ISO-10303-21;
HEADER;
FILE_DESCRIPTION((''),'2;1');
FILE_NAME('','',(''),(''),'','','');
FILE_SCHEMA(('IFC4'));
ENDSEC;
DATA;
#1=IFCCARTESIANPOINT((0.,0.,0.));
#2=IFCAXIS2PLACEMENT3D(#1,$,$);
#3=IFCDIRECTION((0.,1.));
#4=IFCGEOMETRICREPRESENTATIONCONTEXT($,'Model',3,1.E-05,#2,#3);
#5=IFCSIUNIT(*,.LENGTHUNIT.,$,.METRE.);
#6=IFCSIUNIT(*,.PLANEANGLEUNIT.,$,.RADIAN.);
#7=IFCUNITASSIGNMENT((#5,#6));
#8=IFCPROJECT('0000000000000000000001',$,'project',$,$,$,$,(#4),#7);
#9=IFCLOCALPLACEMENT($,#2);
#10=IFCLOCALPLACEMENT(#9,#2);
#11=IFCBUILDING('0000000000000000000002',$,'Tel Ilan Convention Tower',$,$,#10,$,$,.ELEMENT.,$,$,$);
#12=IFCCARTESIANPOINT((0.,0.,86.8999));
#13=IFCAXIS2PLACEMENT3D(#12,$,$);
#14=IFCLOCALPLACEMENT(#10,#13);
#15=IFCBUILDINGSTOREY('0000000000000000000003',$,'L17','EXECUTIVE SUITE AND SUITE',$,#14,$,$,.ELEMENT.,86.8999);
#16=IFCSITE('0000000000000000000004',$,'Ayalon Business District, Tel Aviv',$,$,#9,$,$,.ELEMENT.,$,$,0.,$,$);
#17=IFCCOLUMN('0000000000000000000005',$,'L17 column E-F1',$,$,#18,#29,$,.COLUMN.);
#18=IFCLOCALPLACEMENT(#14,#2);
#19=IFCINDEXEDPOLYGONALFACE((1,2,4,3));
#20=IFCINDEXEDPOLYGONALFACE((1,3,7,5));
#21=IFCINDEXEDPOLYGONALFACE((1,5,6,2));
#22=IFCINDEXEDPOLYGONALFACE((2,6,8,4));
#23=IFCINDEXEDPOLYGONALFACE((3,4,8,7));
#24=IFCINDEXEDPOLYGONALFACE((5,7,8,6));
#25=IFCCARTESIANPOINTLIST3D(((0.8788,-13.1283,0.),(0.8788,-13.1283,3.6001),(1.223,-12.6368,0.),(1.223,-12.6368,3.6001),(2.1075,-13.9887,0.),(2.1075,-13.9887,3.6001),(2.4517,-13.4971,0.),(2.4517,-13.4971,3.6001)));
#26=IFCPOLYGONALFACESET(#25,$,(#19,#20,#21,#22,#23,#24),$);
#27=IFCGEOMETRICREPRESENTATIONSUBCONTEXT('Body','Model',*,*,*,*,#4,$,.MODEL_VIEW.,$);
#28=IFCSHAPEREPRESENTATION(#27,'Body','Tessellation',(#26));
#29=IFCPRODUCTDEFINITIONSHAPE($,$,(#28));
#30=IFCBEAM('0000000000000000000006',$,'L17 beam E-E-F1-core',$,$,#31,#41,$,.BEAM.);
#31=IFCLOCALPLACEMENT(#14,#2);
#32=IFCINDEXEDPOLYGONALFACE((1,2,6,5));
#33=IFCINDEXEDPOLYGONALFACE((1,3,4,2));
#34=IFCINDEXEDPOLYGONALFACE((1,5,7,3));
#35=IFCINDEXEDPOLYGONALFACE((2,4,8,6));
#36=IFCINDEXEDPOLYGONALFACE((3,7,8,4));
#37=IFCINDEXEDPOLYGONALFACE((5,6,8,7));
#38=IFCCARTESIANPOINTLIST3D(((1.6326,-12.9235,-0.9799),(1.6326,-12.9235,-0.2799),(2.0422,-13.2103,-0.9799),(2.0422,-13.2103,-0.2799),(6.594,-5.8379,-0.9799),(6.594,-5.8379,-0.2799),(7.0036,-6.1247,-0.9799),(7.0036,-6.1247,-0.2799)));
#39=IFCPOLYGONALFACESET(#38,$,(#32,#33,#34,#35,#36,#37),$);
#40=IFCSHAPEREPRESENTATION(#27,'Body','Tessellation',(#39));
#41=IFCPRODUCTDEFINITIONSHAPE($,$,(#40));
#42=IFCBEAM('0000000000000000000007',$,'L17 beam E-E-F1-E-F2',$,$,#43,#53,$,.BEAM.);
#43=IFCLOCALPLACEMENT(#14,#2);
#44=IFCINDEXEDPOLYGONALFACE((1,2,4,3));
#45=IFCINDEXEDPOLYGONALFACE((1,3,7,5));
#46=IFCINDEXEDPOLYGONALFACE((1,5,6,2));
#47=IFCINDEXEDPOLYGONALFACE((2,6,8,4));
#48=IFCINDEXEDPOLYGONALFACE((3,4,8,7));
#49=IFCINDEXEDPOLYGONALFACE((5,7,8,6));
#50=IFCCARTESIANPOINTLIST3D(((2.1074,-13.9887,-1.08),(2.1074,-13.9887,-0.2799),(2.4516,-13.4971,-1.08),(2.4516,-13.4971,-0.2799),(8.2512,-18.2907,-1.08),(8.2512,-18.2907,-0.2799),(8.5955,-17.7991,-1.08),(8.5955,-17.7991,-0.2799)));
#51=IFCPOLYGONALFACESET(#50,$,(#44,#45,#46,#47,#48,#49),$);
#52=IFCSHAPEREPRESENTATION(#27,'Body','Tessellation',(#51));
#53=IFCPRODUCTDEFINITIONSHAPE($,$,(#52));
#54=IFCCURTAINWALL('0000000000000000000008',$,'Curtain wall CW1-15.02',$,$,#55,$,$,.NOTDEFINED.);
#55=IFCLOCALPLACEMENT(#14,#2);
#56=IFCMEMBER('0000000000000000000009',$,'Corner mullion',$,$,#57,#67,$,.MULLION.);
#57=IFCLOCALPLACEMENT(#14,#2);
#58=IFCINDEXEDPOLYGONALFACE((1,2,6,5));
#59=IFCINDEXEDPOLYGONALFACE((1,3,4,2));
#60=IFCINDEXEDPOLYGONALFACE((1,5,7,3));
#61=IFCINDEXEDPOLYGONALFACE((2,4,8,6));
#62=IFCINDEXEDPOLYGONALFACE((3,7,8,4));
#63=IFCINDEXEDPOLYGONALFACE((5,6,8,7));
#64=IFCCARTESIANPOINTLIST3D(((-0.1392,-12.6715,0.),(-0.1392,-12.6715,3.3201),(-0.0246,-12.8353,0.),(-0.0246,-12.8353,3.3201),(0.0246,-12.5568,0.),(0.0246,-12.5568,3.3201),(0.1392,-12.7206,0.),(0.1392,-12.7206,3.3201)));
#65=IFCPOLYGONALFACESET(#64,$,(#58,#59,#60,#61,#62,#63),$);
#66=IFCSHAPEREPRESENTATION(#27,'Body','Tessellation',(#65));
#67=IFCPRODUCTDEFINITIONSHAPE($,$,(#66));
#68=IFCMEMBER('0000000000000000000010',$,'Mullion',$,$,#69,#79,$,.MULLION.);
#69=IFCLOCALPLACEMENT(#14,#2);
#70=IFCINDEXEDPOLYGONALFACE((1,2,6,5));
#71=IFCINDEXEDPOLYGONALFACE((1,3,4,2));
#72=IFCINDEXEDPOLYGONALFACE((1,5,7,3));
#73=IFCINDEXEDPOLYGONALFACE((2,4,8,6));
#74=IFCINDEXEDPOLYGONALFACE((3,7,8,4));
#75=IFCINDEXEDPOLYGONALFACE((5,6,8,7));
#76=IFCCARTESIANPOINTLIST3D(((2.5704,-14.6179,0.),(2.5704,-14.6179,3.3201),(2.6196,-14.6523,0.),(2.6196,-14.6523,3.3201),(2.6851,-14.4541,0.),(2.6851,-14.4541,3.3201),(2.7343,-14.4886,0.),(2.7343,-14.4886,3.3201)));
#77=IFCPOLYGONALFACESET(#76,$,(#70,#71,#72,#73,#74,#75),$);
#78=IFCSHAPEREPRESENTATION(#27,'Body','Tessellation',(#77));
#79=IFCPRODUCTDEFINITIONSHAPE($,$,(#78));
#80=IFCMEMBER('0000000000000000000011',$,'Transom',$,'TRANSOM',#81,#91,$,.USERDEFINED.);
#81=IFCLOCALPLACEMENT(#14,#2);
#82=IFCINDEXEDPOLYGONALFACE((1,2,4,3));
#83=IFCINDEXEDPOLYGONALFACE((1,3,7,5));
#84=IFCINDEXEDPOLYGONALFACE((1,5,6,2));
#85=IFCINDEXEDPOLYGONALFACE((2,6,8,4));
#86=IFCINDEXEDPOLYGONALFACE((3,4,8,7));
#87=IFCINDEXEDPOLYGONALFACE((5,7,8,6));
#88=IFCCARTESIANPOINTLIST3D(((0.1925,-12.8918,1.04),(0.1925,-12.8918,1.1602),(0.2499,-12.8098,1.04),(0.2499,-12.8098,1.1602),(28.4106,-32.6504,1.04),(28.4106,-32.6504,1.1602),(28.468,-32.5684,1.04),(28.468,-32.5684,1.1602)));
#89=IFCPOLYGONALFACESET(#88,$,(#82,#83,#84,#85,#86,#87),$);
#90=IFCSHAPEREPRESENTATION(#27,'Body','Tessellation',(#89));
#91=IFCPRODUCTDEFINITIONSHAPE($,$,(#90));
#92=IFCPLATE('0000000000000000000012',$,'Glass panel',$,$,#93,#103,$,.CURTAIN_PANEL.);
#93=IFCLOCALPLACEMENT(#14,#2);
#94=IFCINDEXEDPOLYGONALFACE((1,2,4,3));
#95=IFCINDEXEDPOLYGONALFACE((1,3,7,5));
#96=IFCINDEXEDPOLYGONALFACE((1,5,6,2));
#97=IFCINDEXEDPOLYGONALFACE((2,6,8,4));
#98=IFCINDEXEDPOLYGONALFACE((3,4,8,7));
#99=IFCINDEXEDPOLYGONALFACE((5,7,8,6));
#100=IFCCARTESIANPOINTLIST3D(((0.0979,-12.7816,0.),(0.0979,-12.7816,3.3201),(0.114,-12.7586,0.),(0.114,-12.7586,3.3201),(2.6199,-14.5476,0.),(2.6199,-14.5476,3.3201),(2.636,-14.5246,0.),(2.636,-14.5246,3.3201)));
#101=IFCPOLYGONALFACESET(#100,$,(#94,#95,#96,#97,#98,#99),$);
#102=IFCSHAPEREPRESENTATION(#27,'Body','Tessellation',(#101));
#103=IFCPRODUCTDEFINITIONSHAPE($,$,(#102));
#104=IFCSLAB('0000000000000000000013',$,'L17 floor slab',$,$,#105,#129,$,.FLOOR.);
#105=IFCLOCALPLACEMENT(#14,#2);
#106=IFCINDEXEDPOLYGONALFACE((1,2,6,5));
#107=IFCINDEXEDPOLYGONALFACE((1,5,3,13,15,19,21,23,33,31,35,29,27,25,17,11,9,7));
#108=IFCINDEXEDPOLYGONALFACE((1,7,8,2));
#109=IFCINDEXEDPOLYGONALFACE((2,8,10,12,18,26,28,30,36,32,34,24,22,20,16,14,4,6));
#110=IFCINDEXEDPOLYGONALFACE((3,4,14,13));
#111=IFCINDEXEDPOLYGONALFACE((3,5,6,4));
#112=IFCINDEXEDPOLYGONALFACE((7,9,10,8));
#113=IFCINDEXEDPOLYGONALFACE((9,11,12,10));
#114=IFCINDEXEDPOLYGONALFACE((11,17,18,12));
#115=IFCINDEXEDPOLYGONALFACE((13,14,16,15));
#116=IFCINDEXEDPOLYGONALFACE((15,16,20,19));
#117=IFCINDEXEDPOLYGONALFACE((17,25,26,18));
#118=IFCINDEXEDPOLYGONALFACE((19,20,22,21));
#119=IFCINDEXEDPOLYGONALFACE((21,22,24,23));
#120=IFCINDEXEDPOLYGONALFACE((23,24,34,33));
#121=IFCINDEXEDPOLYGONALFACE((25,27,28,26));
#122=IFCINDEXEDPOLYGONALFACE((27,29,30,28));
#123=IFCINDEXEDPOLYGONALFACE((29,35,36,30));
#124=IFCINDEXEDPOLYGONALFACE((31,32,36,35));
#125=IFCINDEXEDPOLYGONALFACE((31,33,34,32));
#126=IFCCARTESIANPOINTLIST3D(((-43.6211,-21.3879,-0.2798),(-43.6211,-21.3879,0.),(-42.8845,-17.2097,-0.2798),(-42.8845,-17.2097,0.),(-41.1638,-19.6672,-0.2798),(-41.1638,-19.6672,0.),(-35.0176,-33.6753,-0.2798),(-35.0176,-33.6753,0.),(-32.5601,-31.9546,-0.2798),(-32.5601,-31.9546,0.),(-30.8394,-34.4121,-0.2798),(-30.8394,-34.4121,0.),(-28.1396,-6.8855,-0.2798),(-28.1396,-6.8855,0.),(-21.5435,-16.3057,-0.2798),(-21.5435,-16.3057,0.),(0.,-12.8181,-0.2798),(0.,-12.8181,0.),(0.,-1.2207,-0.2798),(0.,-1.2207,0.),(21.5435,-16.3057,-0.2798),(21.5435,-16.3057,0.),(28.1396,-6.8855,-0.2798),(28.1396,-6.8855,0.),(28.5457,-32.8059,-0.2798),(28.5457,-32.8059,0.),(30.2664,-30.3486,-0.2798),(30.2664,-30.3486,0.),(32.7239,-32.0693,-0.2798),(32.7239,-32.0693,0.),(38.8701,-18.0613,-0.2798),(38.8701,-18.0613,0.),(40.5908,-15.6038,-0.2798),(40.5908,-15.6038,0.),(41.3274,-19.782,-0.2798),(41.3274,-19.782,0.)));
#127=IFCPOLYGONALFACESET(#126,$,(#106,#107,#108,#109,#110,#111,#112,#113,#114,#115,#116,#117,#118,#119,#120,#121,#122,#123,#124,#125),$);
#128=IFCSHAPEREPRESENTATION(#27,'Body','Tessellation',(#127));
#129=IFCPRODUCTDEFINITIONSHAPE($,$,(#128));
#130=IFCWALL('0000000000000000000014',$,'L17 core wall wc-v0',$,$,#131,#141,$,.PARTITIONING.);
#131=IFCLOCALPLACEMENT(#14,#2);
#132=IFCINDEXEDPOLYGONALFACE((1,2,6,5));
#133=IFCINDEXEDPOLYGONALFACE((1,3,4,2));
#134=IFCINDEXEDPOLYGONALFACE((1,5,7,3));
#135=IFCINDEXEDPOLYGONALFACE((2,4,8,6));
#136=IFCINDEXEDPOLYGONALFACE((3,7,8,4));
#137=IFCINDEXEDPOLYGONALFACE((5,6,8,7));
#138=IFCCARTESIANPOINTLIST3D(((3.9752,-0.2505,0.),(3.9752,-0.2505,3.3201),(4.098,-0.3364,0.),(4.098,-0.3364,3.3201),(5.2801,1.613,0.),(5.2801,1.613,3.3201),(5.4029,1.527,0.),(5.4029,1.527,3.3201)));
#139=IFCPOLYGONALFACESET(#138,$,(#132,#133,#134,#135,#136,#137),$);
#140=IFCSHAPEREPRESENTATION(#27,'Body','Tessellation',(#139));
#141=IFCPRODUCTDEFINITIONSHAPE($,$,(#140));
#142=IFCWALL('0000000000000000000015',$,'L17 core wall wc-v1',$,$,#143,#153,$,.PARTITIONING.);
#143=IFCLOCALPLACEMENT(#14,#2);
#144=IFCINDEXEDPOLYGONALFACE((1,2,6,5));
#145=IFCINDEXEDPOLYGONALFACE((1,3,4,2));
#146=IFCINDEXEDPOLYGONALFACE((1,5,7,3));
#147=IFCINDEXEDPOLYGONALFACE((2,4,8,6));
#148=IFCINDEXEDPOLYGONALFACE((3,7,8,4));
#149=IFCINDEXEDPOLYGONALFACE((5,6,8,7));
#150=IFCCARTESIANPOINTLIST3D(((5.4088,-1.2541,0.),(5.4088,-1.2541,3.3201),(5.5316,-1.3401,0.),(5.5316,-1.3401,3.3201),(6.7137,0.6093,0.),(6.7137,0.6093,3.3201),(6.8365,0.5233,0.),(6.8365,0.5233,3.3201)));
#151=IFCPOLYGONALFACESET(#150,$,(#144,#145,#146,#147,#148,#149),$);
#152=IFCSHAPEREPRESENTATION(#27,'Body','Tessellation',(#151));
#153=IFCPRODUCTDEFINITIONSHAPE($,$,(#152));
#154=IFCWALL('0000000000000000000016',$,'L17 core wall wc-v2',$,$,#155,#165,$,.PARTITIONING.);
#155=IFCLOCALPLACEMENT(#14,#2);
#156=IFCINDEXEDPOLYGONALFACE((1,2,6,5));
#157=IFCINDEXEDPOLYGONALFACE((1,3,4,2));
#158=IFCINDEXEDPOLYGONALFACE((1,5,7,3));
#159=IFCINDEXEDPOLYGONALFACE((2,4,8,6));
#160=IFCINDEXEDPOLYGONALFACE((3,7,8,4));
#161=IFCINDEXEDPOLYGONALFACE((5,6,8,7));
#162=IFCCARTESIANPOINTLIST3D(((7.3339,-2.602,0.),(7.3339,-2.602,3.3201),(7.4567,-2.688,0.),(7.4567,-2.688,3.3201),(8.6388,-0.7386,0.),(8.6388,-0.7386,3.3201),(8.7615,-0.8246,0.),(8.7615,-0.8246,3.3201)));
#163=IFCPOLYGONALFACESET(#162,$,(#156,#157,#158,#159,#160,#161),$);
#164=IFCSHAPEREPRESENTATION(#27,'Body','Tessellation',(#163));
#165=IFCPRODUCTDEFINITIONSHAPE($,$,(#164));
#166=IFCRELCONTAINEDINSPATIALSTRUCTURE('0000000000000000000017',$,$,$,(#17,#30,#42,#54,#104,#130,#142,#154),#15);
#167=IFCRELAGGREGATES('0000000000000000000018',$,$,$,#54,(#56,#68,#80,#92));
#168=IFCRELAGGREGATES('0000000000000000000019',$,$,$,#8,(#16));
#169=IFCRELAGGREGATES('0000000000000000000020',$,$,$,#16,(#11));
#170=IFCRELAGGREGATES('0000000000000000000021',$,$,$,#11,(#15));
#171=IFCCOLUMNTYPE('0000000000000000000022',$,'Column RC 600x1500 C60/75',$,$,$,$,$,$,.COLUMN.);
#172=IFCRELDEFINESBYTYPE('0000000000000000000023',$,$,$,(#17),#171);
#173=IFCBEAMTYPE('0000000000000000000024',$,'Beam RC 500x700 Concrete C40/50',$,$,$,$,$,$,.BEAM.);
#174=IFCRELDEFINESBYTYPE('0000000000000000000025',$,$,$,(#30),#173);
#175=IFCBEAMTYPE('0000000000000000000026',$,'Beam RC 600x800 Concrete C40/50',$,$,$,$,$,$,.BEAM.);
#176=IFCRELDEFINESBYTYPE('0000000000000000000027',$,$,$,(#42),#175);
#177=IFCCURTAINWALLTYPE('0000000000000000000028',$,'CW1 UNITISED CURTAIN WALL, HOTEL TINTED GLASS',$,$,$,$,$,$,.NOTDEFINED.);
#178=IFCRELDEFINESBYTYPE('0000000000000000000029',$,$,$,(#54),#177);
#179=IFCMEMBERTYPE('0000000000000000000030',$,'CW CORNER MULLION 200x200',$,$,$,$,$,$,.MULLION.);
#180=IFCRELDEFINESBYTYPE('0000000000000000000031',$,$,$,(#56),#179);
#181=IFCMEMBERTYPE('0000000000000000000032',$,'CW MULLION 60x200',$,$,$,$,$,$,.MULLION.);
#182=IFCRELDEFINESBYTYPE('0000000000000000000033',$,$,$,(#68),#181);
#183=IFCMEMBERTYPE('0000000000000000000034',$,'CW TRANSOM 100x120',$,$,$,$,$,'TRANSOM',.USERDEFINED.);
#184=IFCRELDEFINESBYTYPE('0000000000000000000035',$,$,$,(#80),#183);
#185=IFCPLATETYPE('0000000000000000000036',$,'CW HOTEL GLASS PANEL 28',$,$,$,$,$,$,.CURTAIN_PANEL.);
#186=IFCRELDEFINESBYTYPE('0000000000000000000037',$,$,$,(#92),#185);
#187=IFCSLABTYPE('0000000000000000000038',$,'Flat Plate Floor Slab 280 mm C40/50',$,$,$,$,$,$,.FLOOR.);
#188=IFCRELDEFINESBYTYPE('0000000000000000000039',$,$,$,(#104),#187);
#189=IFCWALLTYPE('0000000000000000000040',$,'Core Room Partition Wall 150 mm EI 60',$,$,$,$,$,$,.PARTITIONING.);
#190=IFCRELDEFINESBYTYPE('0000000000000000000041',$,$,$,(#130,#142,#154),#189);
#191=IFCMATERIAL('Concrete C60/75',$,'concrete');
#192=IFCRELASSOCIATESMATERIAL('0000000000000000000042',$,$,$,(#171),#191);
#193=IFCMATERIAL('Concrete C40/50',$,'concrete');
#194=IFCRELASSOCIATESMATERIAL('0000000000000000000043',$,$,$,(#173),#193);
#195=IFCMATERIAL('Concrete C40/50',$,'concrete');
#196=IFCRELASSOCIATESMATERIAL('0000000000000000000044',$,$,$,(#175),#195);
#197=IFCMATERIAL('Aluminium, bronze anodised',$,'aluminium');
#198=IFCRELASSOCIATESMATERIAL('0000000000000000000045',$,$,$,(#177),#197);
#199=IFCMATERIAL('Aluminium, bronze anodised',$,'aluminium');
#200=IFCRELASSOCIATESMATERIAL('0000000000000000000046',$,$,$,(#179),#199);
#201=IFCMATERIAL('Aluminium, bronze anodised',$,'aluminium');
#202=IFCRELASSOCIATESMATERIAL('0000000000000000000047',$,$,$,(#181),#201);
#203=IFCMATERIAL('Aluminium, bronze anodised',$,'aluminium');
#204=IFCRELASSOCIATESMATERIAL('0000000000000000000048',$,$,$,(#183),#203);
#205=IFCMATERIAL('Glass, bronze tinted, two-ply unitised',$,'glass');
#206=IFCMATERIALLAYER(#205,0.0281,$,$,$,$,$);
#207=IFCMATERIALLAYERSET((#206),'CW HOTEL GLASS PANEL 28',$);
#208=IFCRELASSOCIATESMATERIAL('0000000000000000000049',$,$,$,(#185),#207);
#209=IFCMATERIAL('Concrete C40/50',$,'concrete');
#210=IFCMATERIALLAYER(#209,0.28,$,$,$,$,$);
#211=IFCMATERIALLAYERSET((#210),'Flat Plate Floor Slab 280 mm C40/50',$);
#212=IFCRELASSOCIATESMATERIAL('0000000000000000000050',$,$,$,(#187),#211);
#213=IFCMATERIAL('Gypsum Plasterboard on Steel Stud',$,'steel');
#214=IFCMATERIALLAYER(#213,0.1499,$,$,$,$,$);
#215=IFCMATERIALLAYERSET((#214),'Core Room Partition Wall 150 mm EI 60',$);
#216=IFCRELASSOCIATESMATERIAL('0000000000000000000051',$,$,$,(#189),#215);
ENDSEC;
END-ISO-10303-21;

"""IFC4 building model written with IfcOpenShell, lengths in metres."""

from ifc_helpers import new_model, si_unit, direction, frame, frame_2d, origin, origin_2d, place, context, subcontext, project, spatial, polyline, rectangle, outline, extrude, material, layer, layer_set, material_profile, profile_set, type_object, element, aggregate, save


model = new_model("IFC4")

# Units and contexts
model_context = context("Model", 3, precision=1e-05, world=origin(), true_north=direction((0.0, 1.0)))
body_context = subcontext(model_context, "Body", "Model", "MODEL_VIEW")
ifc_project = project(units=[si_unit("LENGTHUNIT", "METRE"), si_unit("PLANEANGLEUNIT", "RADIAN")], contexts=[model_context])

# Site, building, storey
site_placement = place(None, origin())
site = spatial("IfcSite", under=ifc_project, at=site_placement, Name="Ayalon Business District, Tel Aviv", CompositionType="ELEMENT", RefElevation=0.0)
building_placement = place(site_placement, origin())
building = spatial("IfcBuilding", under=site, at=building_placement, Name="Tel Ilan Convention Tower", CompositionType="ELEMENT")
storey_placement = place(building_placement, frame((0.0, 0.0, 86.8999)))
storey = spatial("IfcBuildingStorey", under=building, at=storey_placement, Name="L17", Description="EXECUTIVE SUITE AND SUITE", CompositionType="ELEMENT", Elevation=86.8999)

# Column
ifc_material_1 = material(Name="Concrete C60/75", Category="concrete")
ifc_material_profile_1 = material_profile(ifc_material_1, rectangle(XDim=1.5, YDim=0.6001, at=origin_2d()), Name="RC 600x1500")
ifc_profile_set_1 = profile_set([ifc_material_profile_1], Name="Concrete C60/75")
column_type = type_object("IfcColumnType", Name="Column RC 600x1500 C60/75", PredefinedType="COLUMN", material=ifc_profile_set_1)
column_placement = place(storey_placement, frame((1.6653, -13.3127, 0.0), z_axis=(0.0, 0.0, 1.0), x_axis=(0.819152, -0.573576, 0.0)))
element("IfcColumn", 1, at=column_placement, inside=storey, type_object=column_type, Name="L17 column E-F1", PredefinedType="COLUMN", context=body_context, shape_type="SweptSolid", body=[
    extrude(rectangle(XDim=1.5, YDim=0.6001, at=origin_2d()), origin(), (0.0, 0.0, 1.0), 3.6001),
])

# Beams
ifc_material_2 = material(Name="Concrete C40/50", Category="concrete")
ifc_material_profile_2 = material_profile(ifc_material_2, rectangle(XDim=0.5, YDim=0.7, at=origin_2d()), Name="RC 500x700")
ifc_profile_set_2 = profile_set([ifc_material_profile_2], Name="Concrete C40/50")
beam_type_1 = type_object("IfcBeamType", Name="Beam RC 500x700 Concrete C40/50", PredefinedType="BEAM", material=ifc_profile_set_2)
beam_1_placement = place(storey_placement, frame((1.8374, -13.0669, -0.6299), z_axis=(0.573574, 0.819154, 0.0), x_axis=(-0.819154, 0.573574, 0.0)))
element("IfcBeam", 2, at=beam_1_placement, inside=storey, type_object=beam_type_1, Name="L17 beam E-E-F1-core", PredefinedType="BEAM", context=body_context, shape_type="SweptSolid", body=[
    extrude(rectangle(XDim=0.5, YDim=0.7, at=origin_2d()), origin(), (0.0, 0.0, 1.0), 8.6499),
])
ifc_material_3 = material(Name="Concrete C40/50", Category="concrete")
ifc_material_profile_3 = material_profile(ifc_material_3, rectangle(XDim=0.6001, YDim=0.8, at=origin_2d()), Name="RC 600x800")
ifc_profile_set_3 = profile_set([ifc_material_profile_3], Name="Concrete C40/50")
beam_type_2 = type_object("IfcBeamType", Name="Beam RC 600x800 Concrete C40/50", PredefinedType="BEAM", material=ifc_profile_set_3)
beam_2_placement = place(storey_placement, frame((2.2795, -13.7429, -0.6799), z_axis=(0.819148, -0.573582, 0.0), x_axis=(0.573582, 0.819148, 0.0)))
element("IfcBeam", 3, at=beam_2_placement, inside=storey, type_object=beam_type_2, Name="L17 beam E-E-F1-E-F2", PredefinedType="BEAM", context=body_context, shape_type="SweptSolid", body=[
    extrude(rectangle(XDim=0.6001, YDim=0.8, at=origin_2d()), origin(), (0.0, 0.0, 1.0), 7.5002),
])

# Curtain wall, members, plate
ifc_material_4 = material(Name="Aluminium, bronze anodised", Category="aluminium")
curtain_wall_type = type_object("IfcCurtainWallType", Name="CW1 UNITISED CURTAIN WALL, HOTEL TINTED GLASS", PredefinedType="NOTDEFINED", material=ifc_material_4)
curtain_wall_placement = place(storey_placement, origin())
curtain_wall = element("IfcCurtainWall", 4, at=curtain_wall_placement, inside=storey, type_object=curtain_wall_type, Name="Curtain wall CW1-15.02", PredefinedType="NOTDEFINED")
ifc_material_5 = material(Name="Aluminium, bronze anodised", Category="aluminium")
ifc_material_profile_4 = material_profile(ifc_material_5, rectangle(XDim=0.2, YDim=0.2, at=origin_2d()), Name="CW CORNER MULLION 200x200")
ifc_profile_set_4 = profile_set([ifc_material_profile_4], Name="Aluminium, bronze anodised")
member_type_1 = type_object("IfcMemberType", Name="CW CORNER MULLION 200x200", PredefinedType="MULLION", material=ifc_profile_set_4)
member_1_placement = place(storey_placement, frame((0.0, -12.696, 0.0), z_axis=(0.0, 0.0, 1.0), x_axis=(0.819152, 0.573576, 0.0)))
member_1 = element("IfcMember", 5, at=member_1_placement, type_object=member_type_1, Name="Corner mullion", PredefinedType="MULLION", context=body_context, shape_type="SweptSolid", body=[
    extrude(rectangle(XDim=0.2, YDim=0.2, at=origin_2d()), origin(), (0.0, 0.0, 1.0), 3.3201),
])
ifc_material_6 = material(Name="Aluminium, bronze anodised", Category="aluminium")
ifc_material_profile_5 = material_profile(ifc_material_6, rectangle(XDim=0.0601, YDim=0.2, at=origin_2d()), Name="CW MULLION 60x200")
ifc_profile_set_5 = profile_set([ifc_material_profile_5], Name="Aluminium, bronze anodised")
member_type_2 = type_object("IfcMemberType", Name="CW MULLION 60x200", PredefinedType="MULLION", material=ifc_profile_set_5)
member_2_placement = place(storey_placement, frame((2.6523, -14.5532, 0.0), z_axis=(0.0, 0.0, 1.0), x_axis=(0.819152, -0.573576, 0.0)))
member_2 = element("IfcMember", 6, at=member_2_placement, type_object=member_type_2, Name="Mullion", PredefinedType="MULLION", context=body_context, shape_type="SweptSolid", body=[
    extrude(rectangle(XDim=0.0601, YDim=0.2, at=origin_2d()), origin(), (0.0, 0.0, 1.0), 3.3201),
])
ifc_material_7 = material(Name="Aluminium, bronze anodised", Category="aluminium")
ifc_material_profile_6 = material_profile(ifc_material_7, rectangle(XDim=0.1001, YDim=0.1201, at=origin_2d()), Name="CW TRANSOM 100x120")
ifc_profile_set_6 = profile_set([ifc_material_profile_6], Name="Aluminium, bronze anodised")
member_type_3 = type_object("IfcMemberType", Name="CW TRANSOM 100x120", ElementType="TRANSOM", PredefinedType="USERDEFINED", material=ifc_profile_set_6)
member_3_placement = place(storey_placement, frame((0.2212, -12.8508, 1.1001), z_axis=(0.819151, -0.573578, 0.0), x_axis=(0.573578, 0.819151, 0.0)))
member_3 = element("IfcMember", 7, at=member_3_placement, type_object=member_type_3, Name="Transom", ObjectType="TRANSOM", PredefinedType="USERDEFINED", context=body_context, shape_type="SweptSolid", body=[
    extrude(rectangle(XDim=0.1001, YDim=0.1201, at=origin_2d()), origin(), (0.0, 0.0, 1.0), 34.448),
])
ifc_material_8 = material(Name="Glass, bronze tinted, two-ply unitised", Category="glass")
ifc_layer_1 = layer(ifc_material_8, 0.0281)
ifc_layer_set_1 = layer_set([ifc_layer_1], Name="CW HOTEL GLASS PANEL 28")
plate_type = type_object("IfcPlateType", Name="CW HOTEL GLASS PANEL 28", PredefinedType="CURTAIN_PANEL", material=ifc_layer_set_1)
plate_placement = place(storey_placement, frame((1.3669, -13.6531, 0.0), z_axis=(0.0, 0.0, 1.0), x_axis=(0.819152, -0.573576, 0.0)))
plate = element("IfcPlate", 8, at=plate_placement, type_object=plate_type, Name="Glass panel", PredefinedType="CURTAIN_PANEL", context=body_context, shape_type="SweptSolid", body=[
    extrude(rectangle(XDim=3.0789, YDim=0.0281, at=origin_2d()), origin(), (0.0, 0.0, 1.0), 3.3201),
])
aggregate(curtain_wall, [member_1, member_2, member_3, plate])

# Slab
ifc_material_9 = material(Name="Concrete C40/50", Category="concrete")
ifc_layer_2 = layer(ifc_material_9, 0.28)
ifc_layer_set_2 = layer_set([ifc_layer_2], Name="Flat Plate Floor Slab 280 mm C40/50")
slab_type_1 = type_object("IfcSlabType", Name="Flat Plate Floor Slab 280 mm C40/50", PredefinedType="FLOOR", material=ifc_layer_set_2)
slab_1_placement = place(storey_placement, frame((0.0, 0.0, -0.2798)))
element("IfcSlab", 9, at=slab_1_placement, inside=storey, type_object=slab_type_1, Name="L17 floor slab", PredefinedType="FLOOR", context=body_context, shape_type="SweptSolid", body=[
    extrude(outline(polyline([(21.5435, -16.3057), (28.1396, -6.8855), (40.5908, -15.6038), (38.8701, -18.0613), (41.3274, -19.782), (32.7239, -32.0693), (30.2664, -30.3486), (28.5457, -32.8059), (0.0, -12.8181), (-30.8394, -34.4121), (-32.5601, -31.9546), (-35.0176, -33.6753), (-43.6211, -21.3879), (-41.1638, -19.6672), (-42.8845, -17.2097), (-28.1396, -6.8855), (-21.5435, -16.3057), (0.0, -1.2207), (21.5435, -16.3057)])), origin(), (0.0, 0.0, 1.0), 0.2798),
])

# Walls
ifc_material_10 = material(Name="Gypsum Plasterboard on Steel Stud", Category="steel")
ifc_layer_3 = layer(ifc_material_10, 0.1499)
ifc_layer_set_3 = layer_set([ifc_layer_3], Name="Core Room Partition Wall 150 mm EI 60")
wall_type_1 = type_object("IfcWallType", Name="Core Room Partition Wall 150 mm EI 60", PredefinedType="PARTITIONING", material=ifc_layer_set_3)
for number, where, z_axis, x_axis, name in (
    (10, (4.0366, -0.2935, 0.0), (0.0, 0.0, 1.0), (0.573599, 0.819136, 0.0), "L17 core wall wc-v0"),
    (11, (5.4702, -1.2971, 0.0), (0.0, 0.0, 1.0), (0.573599, 0.819136, 0.0), "L17 core wall wc-v1"),
    (12, (7.3953, -2.645, 0.0), (0.0, 0.0, 1.0), (0.573599, 0.819136, 0.0), "L17 core wall wc-v2"),
):
    element("IfcWall", number, at=place(storey_placement, frame(where, z_axis=z_axis, x_axis=x_axis)), inside=storey, type_object=wall_type_1, Name=name, PredefinedType="PARTITIONING", context=body_context, shape_type="SweptSolid", body=[
        extrude(rectangle(XDim=2.2749, YDim=0.1499, at=frame_2d((1.1375, 0.0))), origin(), (0.0, 0.0, 1.0), 3.3201),
    ])

save(model, "model.ifc")
